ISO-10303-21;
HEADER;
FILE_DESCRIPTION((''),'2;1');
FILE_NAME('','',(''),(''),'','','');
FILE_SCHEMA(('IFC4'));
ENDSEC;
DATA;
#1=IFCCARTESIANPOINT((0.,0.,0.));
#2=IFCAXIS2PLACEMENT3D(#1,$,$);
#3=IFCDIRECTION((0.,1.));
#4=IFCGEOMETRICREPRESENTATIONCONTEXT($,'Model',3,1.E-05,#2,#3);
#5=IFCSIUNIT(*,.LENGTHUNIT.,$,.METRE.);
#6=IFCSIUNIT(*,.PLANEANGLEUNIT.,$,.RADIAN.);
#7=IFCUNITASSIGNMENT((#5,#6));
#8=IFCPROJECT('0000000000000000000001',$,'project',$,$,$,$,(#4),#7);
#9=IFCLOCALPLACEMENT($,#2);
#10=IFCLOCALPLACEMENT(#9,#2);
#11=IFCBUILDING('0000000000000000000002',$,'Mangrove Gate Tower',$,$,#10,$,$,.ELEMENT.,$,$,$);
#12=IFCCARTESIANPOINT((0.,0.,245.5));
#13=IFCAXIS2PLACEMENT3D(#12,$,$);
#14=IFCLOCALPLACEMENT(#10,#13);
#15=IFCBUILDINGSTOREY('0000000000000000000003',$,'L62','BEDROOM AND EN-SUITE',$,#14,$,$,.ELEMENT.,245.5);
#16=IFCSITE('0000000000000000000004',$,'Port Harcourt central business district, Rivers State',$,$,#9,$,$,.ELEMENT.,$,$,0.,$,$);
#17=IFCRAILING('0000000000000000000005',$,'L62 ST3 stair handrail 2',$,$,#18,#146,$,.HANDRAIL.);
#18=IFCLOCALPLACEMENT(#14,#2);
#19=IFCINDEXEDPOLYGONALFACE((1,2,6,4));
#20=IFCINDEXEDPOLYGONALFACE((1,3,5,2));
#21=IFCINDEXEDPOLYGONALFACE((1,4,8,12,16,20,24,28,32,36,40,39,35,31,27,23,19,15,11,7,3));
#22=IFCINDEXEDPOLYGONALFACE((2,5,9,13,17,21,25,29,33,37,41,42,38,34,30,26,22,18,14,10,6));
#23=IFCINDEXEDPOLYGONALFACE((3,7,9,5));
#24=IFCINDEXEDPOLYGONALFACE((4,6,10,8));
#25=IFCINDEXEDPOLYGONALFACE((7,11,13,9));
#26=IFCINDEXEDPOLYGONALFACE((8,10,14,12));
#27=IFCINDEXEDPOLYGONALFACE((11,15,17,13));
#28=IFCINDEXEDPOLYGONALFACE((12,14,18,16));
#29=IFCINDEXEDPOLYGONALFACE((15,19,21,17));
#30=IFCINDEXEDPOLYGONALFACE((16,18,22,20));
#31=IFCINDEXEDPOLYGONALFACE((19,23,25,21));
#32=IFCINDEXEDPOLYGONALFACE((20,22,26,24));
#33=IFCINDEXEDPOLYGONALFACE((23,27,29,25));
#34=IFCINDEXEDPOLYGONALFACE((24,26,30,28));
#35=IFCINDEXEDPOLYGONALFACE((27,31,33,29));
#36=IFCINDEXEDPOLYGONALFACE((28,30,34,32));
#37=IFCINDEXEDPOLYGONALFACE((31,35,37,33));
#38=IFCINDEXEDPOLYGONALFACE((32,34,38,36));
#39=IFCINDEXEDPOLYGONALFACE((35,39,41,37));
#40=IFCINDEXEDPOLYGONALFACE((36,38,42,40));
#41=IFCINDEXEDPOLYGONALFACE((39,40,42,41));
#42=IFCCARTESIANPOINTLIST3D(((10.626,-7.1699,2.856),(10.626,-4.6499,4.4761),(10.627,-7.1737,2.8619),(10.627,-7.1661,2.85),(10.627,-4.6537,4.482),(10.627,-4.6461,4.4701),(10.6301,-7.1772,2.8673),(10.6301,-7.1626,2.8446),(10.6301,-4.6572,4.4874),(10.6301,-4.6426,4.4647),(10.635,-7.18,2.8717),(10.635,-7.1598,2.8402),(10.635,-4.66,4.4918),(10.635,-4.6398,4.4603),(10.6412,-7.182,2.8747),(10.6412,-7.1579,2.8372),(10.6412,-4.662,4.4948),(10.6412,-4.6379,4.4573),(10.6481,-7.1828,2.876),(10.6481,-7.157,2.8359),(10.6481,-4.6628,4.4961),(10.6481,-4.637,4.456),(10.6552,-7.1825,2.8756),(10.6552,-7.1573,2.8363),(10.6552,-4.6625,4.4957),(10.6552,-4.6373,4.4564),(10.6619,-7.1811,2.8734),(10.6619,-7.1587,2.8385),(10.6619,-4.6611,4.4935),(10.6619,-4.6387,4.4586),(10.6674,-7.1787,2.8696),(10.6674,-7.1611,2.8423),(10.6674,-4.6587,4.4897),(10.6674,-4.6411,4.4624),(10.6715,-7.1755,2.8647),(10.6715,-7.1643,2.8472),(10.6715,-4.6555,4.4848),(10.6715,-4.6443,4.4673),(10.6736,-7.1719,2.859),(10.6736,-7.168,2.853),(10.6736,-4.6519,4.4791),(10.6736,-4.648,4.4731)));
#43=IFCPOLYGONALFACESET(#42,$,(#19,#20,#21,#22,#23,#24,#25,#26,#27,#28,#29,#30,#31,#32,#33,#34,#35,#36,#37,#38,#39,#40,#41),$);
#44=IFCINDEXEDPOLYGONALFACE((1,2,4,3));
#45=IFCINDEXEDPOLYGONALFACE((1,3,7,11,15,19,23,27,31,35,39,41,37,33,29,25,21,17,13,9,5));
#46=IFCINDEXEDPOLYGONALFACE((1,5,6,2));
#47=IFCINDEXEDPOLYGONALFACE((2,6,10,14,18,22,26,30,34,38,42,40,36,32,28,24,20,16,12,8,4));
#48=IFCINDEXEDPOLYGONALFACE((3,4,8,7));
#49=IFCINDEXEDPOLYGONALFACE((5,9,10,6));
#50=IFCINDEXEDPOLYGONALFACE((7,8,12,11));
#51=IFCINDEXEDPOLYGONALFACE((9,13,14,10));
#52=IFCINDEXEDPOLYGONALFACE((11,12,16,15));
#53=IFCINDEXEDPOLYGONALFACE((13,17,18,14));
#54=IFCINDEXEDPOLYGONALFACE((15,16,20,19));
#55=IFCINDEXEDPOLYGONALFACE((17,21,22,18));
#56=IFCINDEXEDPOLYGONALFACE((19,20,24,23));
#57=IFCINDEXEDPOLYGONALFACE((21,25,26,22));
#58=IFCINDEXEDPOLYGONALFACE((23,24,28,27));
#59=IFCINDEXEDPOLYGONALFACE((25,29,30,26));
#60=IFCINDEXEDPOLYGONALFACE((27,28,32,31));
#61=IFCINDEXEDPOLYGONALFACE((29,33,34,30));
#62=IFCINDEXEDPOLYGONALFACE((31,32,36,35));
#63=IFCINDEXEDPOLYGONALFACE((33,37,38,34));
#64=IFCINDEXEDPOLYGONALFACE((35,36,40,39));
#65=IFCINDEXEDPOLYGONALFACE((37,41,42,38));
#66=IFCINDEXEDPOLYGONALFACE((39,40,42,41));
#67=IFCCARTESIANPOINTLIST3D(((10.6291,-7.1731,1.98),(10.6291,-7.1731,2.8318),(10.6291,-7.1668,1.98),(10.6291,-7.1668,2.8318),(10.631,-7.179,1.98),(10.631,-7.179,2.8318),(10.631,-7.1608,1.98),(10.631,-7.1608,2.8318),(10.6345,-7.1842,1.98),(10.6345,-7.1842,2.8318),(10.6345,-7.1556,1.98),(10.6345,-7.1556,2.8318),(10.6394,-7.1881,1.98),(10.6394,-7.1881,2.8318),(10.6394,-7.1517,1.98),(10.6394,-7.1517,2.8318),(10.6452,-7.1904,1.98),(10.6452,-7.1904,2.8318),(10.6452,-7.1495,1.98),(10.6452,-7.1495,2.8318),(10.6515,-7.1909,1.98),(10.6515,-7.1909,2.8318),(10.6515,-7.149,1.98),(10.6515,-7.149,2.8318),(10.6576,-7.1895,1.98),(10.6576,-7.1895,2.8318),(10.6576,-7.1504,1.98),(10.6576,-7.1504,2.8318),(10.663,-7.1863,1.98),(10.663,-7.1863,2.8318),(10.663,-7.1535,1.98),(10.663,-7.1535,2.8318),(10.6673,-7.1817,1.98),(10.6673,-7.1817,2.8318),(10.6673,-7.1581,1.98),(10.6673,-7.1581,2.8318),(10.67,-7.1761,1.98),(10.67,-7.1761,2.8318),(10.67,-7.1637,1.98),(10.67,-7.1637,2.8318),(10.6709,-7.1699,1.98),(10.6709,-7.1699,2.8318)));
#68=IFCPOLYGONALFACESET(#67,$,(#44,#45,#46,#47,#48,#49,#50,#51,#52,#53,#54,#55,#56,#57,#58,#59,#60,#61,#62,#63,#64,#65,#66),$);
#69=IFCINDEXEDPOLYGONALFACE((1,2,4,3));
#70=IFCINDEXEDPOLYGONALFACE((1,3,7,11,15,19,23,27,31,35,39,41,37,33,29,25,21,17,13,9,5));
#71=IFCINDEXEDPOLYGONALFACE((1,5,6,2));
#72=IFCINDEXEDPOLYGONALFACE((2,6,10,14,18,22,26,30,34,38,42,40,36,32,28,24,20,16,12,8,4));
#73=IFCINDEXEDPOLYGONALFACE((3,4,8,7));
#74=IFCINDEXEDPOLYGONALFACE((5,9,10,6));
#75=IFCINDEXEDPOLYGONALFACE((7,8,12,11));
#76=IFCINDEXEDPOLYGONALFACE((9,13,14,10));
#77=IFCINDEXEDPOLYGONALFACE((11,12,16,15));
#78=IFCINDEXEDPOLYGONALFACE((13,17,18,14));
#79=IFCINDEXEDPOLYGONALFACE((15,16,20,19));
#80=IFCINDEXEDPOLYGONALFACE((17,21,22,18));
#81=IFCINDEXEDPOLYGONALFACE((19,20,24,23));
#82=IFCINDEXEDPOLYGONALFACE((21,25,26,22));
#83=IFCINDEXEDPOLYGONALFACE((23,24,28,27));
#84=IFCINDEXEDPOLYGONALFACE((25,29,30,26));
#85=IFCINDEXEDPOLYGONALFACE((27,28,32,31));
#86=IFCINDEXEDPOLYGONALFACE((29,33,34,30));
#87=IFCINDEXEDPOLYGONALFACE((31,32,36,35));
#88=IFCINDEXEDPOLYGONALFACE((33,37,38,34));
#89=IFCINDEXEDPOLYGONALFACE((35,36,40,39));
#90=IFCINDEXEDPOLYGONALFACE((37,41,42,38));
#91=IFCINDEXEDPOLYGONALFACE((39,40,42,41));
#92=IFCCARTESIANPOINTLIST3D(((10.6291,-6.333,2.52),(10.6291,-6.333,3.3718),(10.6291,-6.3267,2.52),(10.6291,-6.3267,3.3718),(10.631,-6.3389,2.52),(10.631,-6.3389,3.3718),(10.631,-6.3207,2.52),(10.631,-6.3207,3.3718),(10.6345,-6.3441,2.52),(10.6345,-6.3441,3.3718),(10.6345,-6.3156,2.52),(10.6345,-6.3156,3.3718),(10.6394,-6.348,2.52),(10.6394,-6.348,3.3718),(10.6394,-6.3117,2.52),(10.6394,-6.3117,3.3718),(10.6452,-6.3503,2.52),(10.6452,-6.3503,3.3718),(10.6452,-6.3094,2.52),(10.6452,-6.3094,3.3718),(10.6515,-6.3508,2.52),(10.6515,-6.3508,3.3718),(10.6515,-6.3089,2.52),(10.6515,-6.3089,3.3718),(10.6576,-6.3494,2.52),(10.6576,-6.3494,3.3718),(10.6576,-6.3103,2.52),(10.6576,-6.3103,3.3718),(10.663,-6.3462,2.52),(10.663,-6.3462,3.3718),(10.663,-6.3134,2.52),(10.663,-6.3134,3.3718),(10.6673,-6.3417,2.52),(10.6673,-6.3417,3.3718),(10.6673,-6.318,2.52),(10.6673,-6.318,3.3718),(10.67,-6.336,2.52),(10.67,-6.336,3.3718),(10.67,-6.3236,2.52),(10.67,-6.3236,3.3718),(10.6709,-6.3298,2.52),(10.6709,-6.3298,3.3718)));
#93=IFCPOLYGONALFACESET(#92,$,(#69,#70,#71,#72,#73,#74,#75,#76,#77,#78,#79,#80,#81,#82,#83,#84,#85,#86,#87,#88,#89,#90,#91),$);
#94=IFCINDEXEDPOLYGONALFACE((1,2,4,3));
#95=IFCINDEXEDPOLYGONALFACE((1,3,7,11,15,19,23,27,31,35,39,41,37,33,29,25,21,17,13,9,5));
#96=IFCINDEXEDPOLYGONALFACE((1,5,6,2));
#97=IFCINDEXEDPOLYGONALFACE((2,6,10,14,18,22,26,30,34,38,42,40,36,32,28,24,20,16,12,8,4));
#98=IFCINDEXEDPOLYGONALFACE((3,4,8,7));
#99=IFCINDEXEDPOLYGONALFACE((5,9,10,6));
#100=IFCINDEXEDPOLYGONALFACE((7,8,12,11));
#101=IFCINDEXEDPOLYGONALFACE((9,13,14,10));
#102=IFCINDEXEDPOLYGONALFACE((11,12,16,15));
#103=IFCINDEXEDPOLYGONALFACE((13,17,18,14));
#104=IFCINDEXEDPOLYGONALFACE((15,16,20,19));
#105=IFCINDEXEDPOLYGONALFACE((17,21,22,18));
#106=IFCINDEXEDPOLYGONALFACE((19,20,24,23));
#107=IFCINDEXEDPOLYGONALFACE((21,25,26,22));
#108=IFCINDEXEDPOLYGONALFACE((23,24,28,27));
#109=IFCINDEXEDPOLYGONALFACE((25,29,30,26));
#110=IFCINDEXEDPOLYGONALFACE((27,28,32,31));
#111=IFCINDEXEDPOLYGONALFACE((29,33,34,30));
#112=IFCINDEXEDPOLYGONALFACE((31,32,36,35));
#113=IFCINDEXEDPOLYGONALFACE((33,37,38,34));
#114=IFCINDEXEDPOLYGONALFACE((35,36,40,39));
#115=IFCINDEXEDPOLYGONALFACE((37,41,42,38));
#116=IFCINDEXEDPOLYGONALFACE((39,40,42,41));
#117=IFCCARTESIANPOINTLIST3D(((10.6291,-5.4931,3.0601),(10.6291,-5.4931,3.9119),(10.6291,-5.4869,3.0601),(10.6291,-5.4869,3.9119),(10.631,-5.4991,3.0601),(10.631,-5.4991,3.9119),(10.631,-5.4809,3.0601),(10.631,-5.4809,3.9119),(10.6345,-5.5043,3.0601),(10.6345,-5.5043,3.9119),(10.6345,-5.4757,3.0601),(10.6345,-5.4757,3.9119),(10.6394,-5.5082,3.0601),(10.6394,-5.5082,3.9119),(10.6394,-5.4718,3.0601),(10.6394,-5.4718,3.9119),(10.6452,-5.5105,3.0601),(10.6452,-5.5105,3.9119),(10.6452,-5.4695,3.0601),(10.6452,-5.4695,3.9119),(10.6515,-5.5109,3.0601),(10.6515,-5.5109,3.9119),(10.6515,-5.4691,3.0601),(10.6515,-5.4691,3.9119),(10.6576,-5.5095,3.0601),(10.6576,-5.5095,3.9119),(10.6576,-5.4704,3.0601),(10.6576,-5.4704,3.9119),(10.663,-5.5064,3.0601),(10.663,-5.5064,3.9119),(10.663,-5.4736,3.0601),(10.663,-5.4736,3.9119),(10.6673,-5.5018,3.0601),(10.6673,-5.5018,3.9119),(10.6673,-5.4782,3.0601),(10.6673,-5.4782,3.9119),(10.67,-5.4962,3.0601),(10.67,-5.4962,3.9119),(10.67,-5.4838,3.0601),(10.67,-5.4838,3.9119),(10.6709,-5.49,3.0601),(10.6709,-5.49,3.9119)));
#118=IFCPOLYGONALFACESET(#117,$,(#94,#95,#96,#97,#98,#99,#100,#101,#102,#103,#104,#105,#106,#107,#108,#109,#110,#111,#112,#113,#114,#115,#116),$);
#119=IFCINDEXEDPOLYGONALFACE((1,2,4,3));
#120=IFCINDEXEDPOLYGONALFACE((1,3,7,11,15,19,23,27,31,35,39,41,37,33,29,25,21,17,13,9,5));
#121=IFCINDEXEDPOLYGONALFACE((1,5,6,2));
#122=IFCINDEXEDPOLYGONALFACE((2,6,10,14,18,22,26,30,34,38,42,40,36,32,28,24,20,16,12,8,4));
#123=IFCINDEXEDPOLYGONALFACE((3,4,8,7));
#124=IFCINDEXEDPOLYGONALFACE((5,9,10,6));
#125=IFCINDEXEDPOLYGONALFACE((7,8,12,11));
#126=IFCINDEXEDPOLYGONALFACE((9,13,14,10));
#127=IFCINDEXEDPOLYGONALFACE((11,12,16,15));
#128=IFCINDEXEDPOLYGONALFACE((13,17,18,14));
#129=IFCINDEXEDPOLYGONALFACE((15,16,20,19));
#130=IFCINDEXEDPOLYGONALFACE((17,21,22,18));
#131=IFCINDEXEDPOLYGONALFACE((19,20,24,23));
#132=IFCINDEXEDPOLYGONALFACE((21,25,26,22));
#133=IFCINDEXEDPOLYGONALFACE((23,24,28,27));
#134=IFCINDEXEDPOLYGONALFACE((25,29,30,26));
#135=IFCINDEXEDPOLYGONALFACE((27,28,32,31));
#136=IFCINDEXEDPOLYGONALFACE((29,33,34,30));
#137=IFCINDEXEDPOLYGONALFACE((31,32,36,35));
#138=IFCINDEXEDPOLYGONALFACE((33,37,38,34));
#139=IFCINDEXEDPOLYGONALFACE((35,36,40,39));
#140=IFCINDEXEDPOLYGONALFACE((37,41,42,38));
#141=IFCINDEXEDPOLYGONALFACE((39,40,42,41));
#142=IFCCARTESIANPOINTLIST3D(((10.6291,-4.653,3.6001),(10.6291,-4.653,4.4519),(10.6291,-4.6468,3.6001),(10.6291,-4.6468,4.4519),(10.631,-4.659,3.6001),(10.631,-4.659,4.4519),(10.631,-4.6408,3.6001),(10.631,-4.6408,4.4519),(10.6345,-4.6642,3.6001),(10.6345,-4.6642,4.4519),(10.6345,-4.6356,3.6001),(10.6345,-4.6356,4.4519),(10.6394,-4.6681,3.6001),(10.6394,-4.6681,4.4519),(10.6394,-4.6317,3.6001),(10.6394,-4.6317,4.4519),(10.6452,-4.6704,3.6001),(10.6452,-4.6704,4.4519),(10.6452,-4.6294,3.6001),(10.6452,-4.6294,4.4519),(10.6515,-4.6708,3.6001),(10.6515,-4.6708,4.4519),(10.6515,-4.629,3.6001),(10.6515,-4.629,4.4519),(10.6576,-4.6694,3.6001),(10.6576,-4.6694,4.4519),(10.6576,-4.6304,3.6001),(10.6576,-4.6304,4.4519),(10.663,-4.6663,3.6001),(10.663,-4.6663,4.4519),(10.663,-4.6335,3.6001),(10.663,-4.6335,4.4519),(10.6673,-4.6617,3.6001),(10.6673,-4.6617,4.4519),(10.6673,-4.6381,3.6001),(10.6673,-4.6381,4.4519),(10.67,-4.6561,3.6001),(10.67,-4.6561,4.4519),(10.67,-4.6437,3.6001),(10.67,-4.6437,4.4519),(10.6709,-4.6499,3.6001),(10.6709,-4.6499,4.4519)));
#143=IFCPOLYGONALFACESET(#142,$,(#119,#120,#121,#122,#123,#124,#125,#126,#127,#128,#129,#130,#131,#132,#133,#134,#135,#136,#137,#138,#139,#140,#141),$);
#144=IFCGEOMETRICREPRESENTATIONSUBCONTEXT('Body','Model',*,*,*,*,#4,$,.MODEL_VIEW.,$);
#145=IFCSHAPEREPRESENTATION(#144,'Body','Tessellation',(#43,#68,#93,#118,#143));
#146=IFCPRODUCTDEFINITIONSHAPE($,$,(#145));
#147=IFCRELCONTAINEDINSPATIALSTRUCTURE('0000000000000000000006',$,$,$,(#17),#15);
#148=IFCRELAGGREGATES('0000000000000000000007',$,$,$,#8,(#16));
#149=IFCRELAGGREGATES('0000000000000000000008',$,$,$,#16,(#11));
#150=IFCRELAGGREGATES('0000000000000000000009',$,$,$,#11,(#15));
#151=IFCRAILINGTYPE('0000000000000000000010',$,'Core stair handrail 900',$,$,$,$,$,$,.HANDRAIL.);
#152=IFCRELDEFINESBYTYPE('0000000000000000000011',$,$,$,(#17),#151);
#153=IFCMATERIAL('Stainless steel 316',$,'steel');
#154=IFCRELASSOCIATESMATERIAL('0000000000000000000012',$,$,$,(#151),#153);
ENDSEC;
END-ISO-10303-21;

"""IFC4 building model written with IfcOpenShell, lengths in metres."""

from ifc_helpers import new_model, si_unit, direction, frame, origin, origin_2d, place, context, subcontext, project, spatial, circle, extrude, material, type_object, element, save


model = new_model("IFC4")

# Units and contexts
model_context = context("Model", 3, precision=1e-05, world=origin(), true_north=direction((0.0, 1.0)))
body_context = subcontext(model_context, "Body", "Model", "MODEL_VIEW")
ifc_project = project(units=[si_unit("LENGTHUNIT", "METRE"), si_unit("PLANEANGLEUNIT", "RADIAN")], contexts=[model_context])

# Site, building, storey
site_placement = place(None, origin())
site = spatial("IfcSite", under=ifc_project, at=site_placement, Name="Port Harcourt central business district, Rivers State", CompositionType="ELEMENT", RefElevation=0.0)
building_placement = place(site_placement, origin())
building = spatial("IfcBuilding", under=site, at=building_placement, Name="Mangrove Gate Tower", CompositionType="ELEMENT")
storey_placement = place(building_placement, frame((0.0, 0.0, 245.5)))
storey = spatial("IfcBuildingStorey", under=building, at=storey_placement, Name="L62", Description="BEDROOM AND EN-SUITE", CompositionType="ELEMENT", Elevation=245.5)

# Railing
ifc_material_1 = material(Name="Stainless steel 316", Category="steel")
railing_type_1 = type_object("IfcRailingType", Name="Core stair handrail 900", PredefinedType="HANDRAIL", material=ifc_material_1)
railing_1_placement = place(storey_placement, frame((10.6499, -7.1699, 1.98)))
element("IfcRailing", 1, at=railing_1_placement, inside=storey, type_object=railing_type_1, Name="L62 ST3 stair handrail 2", PredefinedType="HANDRAIL", context=body_context, shape_type="SweptSolid", body=[
    extrude(circle(Radius=0.0239, at=origin_2d()), frame((0.0, 0.0, 0.876), z_axis=(0.0, 0.841163, 0.540782), x_axis=(-1.0, 0.0, 0.0)), (0.0, 0.0, 1.0), 2.9958),
    extrude(circle(Radius=0.021, at=origin_2d()), origin(), (0.0, 0.0, 1.0), 0.8518),
    extrude(circle(Radius=0.021, at=origin_2d()), frame((0.0, 0.8401, 0.54)), (0.0, 0.0, 1.0), 0.8518),
    extrude(circle(Radius=0.021, at=origin_2d()), frame((0.0, 1.6799, 1.0801)), (0.0, 0.0, 1.0), 0.8518),
    extrude(circle(Radius=0.021, at=origin_2d()), frame((0.0, 2.52, 1.6201)), (0.0, 0.0, 1.0), 0.8518),
])

save(model, "model.ifc")
